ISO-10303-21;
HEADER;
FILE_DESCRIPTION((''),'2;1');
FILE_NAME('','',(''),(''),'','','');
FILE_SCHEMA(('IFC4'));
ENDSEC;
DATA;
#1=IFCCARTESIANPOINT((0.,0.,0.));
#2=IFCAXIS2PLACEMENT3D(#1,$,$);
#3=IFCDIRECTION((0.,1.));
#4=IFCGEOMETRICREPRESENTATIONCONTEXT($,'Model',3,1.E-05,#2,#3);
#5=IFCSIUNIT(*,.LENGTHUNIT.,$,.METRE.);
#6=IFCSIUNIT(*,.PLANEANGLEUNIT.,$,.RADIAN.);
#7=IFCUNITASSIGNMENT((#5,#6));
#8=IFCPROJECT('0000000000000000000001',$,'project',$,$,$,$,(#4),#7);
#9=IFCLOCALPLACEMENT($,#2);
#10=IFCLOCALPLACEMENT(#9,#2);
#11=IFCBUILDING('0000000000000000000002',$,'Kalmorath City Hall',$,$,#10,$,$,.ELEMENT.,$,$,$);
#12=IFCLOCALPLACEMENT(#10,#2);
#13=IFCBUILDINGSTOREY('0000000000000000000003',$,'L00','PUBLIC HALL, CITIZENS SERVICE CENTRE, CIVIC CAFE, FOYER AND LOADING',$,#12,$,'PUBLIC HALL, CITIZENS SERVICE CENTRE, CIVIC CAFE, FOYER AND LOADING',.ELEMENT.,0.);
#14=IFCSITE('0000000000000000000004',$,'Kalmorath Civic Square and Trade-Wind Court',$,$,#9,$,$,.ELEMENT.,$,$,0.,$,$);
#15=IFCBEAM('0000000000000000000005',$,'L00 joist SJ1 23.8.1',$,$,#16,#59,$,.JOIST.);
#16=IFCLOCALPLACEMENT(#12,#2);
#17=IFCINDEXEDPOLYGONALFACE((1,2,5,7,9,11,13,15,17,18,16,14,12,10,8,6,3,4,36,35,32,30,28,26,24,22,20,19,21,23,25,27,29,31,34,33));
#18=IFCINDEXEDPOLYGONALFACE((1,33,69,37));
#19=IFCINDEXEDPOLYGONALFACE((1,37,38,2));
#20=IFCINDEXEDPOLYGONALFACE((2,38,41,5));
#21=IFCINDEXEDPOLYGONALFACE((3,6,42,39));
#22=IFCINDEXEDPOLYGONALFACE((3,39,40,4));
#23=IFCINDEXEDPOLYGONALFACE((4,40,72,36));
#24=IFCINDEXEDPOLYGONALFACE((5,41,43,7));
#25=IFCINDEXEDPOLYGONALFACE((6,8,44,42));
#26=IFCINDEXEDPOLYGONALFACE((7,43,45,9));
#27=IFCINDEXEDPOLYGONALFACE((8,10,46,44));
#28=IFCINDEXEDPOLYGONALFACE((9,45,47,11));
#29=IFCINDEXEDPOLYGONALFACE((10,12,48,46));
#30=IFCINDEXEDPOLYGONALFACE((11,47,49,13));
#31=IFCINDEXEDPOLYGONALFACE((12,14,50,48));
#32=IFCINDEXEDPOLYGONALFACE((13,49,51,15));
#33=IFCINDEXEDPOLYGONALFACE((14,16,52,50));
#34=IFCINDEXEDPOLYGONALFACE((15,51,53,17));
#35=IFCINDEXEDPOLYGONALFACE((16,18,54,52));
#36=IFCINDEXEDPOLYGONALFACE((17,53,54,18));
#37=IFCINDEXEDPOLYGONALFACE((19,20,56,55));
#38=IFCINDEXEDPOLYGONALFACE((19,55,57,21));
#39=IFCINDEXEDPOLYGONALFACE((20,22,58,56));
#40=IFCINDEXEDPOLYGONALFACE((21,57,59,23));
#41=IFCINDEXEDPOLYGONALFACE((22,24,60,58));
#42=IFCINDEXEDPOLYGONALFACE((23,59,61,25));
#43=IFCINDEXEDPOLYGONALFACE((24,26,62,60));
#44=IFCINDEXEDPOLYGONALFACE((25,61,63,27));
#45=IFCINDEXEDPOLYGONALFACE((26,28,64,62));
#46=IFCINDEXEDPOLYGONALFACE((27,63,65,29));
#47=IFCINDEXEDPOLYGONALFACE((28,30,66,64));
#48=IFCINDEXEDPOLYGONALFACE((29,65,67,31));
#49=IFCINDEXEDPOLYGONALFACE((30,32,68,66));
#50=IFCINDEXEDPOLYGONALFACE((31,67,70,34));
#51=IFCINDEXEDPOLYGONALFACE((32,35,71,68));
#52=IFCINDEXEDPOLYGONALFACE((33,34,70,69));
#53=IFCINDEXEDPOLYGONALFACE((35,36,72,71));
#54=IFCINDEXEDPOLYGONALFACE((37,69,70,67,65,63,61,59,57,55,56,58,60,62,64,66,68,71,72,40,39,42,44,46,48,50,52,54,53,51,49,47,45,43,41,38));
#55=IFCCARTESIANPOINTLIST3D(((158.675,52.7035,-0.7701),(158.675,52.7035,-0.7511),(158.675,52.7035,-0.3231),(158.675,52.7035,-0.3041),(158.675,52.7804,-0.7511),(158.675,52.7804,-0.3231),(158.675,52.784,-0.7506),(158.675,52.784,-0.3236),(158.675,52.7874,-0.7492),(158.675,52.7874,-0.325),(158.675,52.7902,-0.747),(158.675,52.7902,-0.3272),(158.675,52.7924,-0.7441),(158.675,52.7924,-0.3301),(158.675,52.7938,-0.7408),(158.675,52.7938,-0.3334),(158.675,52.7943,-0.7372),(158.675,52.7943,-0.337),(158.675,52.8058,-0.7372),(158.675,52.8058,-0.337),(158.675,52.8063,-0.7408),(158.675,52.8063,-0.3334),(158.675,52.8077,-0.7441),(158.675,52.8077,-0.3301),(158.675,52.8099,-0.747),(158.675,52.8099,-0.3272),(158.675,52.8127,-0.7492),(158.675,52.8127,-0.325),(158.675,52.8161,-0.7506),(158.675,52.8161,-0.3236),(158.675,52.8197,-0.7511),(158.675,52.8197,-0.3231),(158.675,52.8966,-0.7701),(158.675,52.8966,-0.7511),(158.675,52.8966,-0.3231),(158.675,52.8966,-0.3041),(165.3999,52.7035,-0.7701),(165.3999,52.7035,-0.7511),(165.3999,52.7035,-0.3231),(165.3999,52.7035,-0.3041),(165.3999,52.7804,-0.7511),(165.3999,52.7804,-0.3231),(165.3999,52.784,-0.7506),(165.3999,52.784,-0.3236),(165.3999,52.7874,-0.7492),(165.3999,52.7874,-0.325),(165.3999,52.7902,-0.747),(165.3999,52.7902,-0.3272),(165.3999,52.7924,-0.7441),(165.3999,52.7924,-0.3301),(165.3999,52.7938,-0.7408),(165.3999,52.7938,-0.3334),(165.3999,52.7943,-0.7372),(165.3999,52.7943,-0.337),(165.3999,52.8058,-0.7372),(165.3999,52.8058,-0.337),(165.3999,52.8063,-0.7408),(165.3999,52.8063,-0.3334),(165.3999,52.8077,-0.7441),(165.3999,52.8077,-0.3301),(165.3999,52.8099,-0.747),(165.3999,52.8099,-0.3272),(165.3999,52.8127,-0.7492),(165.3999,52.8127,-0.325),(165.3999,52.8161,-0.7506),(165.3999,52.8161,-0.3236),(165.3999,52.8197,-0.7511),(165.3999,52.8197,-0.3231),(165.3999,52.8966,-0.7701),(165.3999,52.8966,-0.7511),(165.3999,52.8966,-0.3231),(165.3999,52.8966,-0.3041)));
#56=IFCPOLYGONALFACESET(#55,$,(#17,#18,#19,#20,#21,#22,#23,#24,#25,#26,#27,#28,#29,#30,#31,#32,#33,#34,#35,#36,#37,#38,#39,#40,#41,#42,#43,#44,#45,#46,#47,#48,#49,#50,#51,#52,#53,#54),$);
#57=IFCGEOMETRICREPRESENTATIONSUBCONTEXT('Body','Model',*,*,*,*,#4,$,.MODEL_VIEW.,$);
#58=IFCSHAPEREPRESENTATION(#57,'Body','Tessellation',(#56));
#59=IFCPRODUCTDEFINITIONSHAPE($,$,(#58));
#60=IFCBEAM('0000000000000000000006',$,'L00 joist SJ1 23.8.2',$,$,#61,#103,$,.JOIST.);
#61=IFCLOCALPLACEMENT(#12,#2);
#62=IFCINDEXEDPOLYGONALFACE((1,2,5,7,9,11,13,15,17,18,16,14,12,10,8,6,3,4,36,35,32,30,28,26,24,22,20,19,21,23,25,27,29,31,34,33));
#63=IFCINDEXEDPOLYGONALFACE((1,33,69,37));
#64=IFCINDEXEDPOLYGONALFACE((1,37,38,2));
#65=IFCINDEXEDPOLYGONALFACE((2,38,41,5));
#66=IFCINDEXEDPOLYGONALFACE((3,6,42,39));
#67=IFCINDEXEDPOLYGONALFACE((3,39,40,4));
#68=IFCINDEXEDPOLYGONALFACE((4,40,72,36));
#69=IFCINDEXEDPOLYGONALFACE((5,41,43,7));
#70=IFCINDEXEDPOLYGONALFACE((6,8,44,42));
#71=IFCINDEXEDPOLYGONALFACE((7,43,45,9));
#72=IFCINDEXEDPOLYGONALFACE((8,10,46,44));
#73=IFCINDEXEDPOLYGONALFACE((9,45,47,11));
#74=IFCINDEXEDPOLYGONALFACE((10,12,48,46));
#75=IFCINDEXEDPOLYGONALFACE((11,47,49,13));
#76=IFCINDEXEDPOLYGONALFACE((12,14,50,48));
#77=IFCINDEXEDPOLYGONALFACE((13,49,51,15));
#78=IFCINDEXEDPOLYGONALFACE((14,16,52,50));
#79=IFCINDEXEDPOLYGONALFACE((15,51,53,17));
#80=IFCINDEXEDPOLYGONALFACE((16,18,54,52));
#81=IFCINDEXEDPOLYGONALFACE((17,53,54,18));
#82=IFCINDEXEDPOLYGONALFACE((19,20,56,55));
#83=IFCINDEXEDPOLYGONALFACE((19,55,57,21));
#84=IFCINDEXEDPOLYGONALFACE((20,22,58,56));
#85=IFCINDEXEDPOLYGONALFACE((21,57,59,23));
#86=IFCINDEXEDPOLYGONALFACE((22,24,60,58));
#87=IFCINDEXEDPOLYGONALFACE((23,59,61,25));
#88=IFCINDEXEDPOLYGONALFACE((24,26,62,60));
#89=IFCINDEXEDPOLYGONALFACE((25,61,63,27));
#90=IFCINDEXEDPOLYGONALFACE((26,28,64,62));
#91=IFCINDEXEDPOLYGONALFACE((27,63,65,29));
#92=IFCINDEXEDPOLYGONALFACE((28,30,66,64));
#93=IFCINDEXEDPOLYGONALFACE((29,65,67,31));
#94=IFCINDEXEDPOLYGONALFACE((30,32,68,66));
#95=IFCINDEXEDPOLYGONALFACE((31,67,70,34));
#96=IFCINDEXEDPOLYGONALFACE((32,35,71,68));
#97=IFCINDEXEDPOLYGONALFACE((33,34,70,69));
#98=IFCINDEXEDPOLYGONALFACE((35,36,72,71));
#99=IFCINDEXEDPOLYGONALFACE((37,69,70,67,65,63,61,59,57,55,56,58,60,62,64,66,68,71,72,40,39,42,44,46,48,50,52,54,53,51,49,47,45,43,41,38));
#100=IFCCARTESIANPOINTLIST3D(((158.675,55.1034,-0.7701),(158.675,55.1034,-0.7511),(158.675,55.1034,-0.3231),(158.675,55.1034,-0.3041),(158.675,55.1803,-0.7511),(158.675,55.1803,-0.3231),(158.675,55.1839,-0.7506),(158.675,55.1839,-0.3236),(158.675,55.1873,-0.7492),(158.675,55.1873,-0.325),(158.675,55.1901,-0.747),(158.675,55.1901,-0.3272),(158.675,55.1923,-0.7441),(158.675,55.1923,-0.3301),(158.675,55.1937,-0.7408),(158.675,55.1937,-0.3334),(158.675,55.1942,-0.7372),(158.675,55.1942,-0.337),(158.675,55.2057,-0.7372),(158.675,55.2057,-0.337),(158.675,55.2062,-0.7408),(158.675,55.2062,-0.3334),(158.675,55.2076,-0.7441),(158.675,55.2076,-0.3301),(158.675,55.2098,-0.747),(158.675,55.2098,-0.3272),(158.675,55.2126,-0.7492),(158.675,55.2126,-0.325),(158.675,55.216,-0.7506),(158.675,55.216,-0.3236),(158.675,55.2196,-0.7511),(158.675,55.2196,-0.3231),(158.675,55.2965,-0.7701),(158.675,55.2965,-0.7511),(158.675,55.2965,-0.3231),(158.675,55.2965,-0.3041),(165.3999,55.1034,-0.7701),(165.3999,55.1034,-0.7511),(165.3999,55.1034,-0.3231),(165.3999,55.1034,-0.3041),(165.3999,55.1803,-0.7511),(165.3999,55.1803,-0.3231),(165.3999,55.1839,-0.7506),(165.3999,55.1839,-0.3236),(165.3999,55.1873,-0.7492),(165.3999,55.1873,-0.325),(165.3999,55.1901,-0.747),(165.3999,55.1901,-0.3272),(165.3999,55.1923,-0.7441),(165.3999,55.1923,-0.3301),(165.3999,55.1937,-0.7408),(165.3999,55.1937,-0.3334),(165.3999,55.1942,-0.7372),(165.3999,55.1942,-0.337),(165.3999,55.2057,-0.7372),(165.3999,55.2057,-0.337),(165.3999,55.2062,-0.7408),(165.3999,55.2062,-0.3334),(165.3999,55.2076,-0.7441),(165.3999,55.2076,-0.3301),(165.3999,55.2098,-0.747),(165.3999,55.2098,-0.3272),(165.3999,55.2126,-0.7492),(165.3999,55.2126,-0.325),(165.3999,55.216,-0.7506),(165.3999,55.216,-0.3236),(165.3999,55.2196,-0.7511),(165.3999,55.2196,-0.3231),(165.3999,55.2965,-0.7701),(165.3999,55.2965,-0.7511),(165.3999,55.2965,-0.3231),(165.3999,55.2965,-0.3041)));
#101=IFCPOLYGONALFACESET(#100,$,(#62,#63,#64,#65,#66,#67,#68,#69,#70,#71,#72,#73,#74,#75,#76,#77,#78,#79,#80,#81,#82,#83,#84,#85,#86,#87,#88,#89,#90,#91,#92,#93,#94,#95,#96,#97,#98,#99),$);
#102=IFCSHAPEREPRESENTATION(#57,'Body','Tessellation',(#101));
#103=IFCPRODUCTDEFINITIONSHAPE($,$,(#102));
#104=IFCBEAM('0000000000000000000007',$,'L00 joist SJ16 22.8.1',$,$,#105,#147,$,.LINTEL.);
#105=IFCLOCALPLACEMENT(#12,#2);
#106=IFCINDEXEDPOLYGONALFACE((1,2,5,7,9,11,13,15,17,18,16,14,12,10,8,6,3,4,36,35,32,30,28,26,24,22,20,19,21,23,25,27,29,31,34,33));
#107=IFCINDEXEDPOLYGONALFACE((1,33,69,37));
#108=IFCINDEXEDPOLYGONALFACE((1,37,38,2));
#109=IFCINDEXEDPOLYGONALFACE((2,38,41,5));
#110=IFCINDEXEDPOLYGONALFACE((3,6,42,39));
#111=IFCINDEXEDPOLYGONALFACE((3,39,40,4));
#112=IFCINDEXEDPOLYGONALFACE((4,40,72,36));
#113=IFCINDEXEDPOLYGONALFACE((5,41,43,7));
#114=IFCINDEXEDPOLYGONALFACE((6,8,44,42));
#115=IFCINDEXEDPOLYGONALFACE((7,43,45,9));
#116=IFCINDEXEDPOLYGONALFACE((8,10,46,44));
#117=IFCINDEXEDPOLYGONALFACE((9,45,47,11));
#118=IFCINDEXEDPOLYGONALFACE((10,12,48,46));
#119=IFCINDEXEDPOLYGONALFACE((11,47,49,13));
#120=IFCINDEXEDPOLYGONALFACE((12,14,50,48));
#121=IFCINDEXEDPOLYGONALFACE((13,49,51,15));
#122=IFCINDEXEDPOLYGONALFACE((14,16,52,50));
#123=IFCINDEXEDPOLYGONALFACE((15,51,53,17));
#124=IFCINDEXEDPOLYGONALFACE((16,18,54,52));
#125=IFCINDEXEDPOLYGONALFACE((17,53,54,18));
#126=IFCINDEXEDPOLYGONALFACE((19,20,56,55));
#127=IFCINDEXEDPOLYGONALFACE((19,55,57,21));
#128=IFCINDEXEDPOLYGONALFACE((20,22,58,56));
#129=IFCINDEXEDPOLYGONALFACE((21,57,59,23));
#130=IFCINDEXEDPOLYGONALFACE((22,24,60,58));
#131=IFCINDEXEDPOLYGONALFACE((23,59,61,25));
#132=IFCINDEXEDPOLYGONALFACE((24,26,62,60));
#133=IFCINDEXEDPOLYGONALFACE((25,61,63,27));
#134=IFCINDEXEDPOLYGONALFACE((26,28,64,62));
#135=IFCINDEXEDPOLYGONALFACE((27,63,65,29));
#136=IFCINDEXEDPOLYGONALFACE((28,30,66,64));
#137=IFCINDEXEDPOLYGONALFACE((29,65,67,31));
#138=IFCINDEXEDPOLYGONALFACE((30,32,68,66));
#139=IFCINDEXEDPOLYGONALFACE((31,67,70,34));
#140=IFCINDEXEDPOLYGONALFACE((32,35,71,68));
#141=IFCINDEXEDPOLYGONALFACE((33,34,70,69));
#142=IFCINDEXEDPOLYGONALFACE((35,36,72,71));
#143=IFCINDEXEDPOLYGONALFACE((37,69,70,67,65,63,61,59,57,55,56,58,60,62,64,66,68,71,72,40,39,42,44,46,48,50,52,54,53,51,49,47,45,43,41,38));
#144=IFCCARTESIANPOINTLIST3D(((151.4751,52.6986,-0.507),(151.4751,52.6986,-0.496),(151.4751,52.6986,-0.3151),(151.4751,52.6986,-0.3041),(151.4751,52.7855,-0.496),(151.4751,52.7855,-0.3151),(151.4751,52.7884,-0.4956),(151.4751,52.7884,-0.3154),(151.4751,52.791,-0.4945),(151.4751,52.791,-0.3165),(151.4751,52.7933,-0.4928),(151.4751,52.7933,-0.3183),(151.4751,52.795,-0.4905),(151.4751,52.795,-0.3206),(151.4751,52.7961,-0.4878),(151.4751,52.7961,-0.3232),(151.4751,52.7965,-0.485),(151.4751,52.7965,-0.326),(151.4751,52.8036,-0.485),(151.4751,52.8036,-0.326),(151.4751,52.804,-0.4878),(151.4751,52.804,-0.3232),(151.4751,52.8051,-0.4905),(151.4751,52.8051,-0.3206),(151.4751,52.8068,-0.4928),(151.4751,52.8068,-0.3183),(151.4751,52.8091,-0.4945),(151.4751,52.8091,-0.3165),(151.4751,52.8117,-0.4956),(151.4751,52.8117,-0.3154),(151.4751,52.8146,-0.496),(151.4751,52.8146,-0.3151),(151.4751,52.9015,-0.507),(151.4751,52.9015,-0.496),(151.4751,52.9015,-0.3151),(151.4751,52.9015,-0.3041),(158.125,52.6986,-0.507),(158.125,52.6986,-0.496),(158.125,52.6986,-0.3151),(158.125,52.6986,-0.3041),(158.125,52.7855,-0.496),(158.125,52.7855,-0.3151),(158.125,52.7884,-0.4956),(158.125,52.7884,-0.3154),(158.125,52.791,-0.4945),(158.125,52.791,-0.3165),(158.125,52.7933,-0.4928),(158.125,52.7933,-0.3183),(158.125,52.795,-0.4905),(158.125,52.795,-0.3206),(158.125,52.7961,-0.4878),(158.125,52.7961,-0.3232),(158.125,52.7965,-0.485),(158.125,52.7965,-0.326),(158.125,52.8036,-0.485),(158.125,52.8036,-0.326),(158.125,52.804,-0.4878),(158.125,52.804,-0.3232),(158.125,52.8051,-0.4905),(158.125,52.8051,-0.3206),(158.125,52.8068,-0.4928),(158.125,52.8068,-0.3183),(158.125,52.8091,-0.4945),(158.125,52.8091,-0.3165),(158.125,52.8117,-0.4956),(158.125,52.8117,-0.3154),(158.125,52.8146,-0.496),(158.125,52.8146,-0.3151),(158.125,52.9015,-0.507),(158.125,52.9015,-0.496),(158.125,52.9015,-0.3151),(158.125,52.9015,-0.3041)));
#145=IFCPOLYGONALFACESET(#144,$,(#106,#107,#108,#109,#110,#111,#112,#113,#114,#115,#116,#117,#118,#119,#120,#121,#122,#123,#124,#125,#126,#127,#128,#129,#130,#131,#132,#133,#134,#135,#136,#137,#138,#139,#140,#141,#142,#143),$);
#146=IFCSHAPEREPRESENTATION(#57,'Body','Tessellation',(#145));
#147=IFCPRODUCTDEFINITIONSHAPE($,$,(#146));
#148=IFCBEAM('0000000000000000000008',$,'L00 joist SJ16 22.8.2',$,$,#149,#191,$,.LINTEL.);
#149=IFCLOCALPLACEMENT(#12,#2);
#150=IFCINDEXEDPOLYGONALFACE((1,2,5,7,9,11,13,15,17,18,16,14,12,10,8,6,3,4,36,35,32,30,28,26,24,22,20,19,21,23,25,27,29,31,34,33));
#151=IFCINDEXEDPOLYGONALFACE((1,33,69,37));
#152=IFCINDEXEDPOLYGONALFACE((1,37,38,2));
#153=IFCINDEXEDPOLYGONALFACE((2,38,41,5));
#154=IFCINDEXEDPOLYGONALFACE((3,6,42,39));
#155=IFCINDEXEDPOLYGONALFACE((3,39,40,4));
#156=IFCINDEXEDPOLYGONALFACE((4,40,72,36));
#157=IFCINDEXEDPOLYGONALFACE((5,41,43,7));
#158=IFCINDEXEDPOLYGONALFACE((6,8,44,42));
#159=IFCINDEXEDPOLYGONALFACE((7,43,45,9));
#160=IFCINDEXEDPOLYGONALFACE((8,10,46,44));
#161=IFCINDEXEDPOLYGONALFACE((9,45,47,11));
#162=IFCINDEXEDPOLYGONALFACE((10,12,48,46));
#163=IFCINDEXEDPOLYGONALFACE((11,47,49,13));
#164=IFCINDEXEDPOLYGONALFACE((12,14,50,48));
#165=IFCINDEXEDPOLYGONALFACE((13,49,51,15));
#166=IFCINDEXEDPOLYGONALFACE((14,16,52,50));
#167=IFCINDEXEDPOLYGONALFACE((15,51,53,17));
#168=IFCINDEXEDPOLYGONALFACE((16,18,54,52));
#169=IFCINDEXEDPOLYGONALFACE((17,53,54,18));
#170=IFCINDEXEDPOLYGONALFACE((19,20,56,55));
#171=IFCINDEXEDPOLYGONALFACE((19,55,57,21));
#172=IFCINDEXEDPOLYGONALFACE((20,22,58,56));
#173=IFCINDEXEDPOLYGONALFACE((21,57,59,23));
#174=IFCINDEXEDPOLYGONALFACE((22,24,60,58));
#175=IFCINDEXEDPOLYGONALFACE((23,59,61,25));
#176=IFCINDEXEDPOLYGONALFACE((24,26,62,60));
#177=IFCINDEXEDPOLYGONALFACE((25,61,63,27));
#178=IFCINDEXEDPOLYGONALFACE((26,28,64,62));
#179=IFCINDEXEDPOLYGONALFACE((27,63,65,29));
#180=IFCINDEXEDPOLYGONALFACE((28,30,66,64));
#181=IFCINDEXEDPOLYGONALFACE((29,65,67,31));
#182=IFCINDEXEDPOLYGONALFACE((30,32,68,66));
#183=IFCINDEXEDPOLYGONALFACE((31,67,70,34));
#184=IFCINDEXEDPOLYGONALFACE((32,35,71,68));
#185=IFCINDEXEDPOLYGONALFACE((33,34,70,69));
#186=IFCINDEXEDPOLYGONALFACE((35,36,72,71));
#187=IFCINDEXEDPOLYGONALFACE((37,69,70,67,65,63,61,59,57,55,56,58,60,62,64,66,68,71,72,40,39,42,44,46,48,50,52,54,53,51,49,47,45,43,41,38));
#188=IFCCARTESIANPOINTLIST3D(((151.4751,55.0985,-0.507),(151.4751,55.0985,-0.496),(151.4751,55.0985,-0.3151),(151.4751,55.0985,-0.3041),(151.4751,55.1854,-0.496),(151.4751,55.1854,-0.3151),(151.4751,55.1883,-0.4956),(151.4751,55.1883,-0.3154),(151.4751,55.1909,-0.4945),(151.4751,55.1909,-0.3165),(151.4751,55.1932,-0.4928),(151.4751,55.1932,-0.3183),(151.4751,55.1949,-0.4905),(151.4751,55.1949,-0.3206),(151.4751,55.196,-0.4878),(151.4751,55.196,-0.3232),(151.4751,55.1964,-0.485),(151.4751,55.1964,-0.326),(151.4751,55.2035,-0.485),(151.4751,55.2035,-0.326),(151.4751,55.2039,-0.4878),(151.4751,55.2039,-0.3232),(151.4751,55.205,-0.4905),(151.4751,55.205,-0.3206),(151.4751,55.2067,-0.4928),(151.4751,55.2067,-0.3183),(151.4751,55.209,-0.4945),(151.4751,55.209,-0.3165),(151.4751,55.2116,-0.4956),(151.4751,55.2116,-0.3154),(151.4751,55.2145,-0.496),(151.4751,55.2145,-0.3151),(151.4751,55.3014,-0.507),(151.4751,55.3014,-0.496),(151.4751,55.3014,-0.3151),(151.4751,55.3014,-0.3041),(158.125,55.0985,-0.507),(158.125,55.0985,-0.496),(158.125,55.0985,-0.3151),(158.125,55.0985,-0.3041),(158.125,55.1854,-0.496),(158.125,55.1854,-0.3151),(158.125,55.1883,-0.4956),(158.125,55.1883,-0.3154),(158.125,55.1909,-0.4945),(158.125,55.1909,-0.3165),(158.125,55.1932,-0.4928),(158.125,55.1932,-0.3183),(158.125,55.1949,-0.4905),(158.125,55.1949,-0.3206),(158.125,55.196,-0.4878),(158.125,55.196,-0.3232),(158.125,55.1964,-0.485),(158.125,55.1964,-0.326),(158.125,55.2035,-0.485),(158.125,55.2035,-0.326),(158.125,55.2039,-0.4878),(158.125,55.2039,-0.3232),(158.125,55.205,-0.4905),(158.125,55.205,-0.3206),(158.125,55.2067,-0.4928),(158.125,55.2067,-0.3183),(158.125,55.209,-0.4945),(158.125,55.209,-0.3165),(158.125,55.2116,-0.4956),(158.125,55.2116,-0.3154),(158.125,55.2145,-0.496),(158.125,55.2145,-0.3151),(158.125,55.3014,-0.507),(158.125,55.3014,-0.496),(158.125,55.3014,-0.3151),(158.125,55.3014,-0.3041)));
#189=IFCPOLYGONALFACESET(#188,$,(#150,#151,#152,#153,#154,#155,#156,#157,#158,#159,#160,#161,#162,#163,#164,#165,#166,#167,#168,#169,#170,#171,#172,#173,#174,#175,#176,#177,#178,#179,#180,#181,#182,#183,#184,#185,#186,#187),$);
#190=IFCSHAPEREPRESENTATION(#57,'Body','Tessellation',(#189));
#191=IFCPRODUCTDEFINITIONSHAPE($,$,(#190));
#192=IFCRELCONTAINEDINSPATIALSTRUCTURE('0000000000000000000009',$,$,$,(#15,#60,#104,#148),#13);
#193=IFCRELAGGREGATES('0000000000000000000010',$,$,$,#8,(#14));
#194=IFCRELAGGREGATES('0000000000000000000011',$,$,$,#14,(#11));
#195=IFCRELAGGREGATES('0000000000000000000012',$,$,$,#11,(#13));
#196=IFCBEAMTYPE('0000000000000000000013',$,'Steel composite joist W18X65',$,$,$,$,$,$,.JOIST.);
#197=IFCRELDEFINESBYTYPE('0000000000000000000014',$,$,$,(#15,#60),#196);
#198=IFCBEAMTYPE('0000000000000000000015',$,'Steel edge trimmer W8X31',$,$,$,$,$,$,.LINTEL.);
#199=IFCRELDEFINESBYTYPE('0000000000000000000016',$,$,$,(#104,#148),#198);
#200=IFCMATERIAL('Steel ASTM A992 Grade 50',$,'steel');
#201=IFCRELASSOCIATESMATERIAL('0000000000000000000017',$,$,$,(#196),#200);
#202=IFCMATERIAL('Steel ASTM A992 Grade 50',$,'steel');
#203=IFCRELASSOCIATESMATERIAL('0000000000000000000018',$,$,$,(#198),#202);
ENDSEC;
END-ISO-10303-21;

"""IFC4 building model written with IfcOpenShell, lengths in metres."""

from ifc_helpers import new_model, si_unit, direction, frame, origin, origin_2d, place, context, subcontext, project, spatial, i_section, extrude, material, material_profile, profile_set, type_object, element, save


model = new_model("IFC4")

# Units and contexts
model_context = context("Model", 3, precision=1e-05, world=origin(), true_north=direction((0.0, 1.0)))
body_context = subcontext(model_context, "Body", "Model", "MODEL_VIEW")
ifc_project = project(units=[si_unit("LENGTHUNIT", "METRE"), si_unit("PLANEANGLEUNIT", "RADIAN")], contexts=[model_context])

# Site, building, storey
site_placement = place(None, origin())
site = spatial("IfcSite", under=ifc_project, at=site_placement, Name="Kalmorath Civic Square and Trade-Wind Court", CompositionType="ELEMENT", RefElevation=0.0)
building_placement = place(site_placement, origin())
building = spatial("IfcBuilding", under=site, at=building_placement, Name="Kalmorath City Hall", CompositionType="ELEMENT")
storey_placement = place(building_placement, origin())
storey = spatial("IfcBuildingStorey", under=building, at=storey_placement, Name="L00", Description="PUBLIC HALL, CITIZENS SERVICE CENTRE, CIVIC CAFE, FOYER AND LOADING", LongName="PUBLIC HALL, CITIZENS SERVICE CENTRE, CIVIC CAFE, FOYER AND LOADING", CompositionType="ELEMENT", Elevation=0.0)

# Beams
ifc_material_1 = material(Name="Steel ASTM A992 Grade 50", Category="steel")
ifc_material_profile_1 = material_profile(ifc_material_1, i_section(OverallWidth=0.1931, OverallDepth=0.4661, WebThickness=0.0115, FlangeThickness=0.019, FilletRadius=0.0139, at=origin_2d()), Name="W18X65")
ifc_profile_set_1 = profile_set([ifc_material_profile_1], Name="Steel ASTM A992 Grade 50")
beam_type_1 = type_object("IfcBeamType", Name="Steel composite joist W18X65", PredefinedType="JOIST", material=ifc_profile_set_1)
for number, where, z_axis, x_axis, name in (
    (1, (158.675, 52.8, -0.5371), (1.0, 0.0, 0.0), (0.0, 1.0, 0.0), "L00 joist SJ1 23.8.1"),
    (2, (158.675, 55.2, -0.5371), (1.0, 0.0, 0.0), (0.0, 1.0, 0.0), "L00 joist SJ1 23.8.2"),
):
    element("IfcBeam", number, at=place(storey_placement, frame(where, z_axis=z_axis, x_axis=x_axis)), inside=storey, type_object=beam_type_1, Name=name, PredefinedType="JOIST", context=body_context, shape_type="SweptSolid", body=[
        extrude(i_section(OverallWidth=0.1931, OverallDepth=0.4661, WebThickness=0.0115, FlangeThickness=0.019, FilletRadius=0.0139, at=origin_2d()), origin(), (0.0, 0.0, 1.0), 6.7249),
    ])
ifc_material_2 = material(Name="Steel ASTM A992 Grade 50", Category="steel")
ifc_material_profile_2 = material_profile(ifc_material_2, i_section(OverallWidth=0.2029, OverallDepth=0.2029, WebThickness=0.0071, FlangeThickness=0.011, FilletRadius=0.011, at=origin_2d()), Name="W8X31")
ifc_profile_set_2 = profile_set([ifc_material_profile_2], Name="Steel ASTM A992 Grade 50")
beam_type_2 = type_object("IfcBeamType", Name="Steel edge trimmer W8X31", PredefinedType="LINTEL", material=ifc_profile_set_2)
for number, where, z_axis, x_axis, name in (
    (3, (151.4751, 52.8, -0.4055), (1.0, 0.0, 0.0), (0.0, 1.0, 0.0), "L00 joist SJ16 22.8.1"),
    (4, (151.4751, 55.2, -0.4055), (1.0, 0.0, 0.0), (0.0, 1.0, 0.0), "L00 joist SJ16 22.8.2"),
):
    element("IfcBeam", number, at=place(storey_placement, frame(where, z_axis=z_axis, x_axis=x_axis)), inside=storey, type_object=beam_type_2, Name=name, PredefinedType="LINTEL", context=body_context, shape_type="SweptSolid", body=[
        extrude(i_section(OverallWidth=0.2029, OverallDepth=0.2029, WebThickness=0.0071, FlangeThickness=0.011, FilletRadius=0.011, at=origin_2d()), origin(), (0.0, 0.0, 1.0), 6.6499),
    ])

save(model, "model.ifc")
